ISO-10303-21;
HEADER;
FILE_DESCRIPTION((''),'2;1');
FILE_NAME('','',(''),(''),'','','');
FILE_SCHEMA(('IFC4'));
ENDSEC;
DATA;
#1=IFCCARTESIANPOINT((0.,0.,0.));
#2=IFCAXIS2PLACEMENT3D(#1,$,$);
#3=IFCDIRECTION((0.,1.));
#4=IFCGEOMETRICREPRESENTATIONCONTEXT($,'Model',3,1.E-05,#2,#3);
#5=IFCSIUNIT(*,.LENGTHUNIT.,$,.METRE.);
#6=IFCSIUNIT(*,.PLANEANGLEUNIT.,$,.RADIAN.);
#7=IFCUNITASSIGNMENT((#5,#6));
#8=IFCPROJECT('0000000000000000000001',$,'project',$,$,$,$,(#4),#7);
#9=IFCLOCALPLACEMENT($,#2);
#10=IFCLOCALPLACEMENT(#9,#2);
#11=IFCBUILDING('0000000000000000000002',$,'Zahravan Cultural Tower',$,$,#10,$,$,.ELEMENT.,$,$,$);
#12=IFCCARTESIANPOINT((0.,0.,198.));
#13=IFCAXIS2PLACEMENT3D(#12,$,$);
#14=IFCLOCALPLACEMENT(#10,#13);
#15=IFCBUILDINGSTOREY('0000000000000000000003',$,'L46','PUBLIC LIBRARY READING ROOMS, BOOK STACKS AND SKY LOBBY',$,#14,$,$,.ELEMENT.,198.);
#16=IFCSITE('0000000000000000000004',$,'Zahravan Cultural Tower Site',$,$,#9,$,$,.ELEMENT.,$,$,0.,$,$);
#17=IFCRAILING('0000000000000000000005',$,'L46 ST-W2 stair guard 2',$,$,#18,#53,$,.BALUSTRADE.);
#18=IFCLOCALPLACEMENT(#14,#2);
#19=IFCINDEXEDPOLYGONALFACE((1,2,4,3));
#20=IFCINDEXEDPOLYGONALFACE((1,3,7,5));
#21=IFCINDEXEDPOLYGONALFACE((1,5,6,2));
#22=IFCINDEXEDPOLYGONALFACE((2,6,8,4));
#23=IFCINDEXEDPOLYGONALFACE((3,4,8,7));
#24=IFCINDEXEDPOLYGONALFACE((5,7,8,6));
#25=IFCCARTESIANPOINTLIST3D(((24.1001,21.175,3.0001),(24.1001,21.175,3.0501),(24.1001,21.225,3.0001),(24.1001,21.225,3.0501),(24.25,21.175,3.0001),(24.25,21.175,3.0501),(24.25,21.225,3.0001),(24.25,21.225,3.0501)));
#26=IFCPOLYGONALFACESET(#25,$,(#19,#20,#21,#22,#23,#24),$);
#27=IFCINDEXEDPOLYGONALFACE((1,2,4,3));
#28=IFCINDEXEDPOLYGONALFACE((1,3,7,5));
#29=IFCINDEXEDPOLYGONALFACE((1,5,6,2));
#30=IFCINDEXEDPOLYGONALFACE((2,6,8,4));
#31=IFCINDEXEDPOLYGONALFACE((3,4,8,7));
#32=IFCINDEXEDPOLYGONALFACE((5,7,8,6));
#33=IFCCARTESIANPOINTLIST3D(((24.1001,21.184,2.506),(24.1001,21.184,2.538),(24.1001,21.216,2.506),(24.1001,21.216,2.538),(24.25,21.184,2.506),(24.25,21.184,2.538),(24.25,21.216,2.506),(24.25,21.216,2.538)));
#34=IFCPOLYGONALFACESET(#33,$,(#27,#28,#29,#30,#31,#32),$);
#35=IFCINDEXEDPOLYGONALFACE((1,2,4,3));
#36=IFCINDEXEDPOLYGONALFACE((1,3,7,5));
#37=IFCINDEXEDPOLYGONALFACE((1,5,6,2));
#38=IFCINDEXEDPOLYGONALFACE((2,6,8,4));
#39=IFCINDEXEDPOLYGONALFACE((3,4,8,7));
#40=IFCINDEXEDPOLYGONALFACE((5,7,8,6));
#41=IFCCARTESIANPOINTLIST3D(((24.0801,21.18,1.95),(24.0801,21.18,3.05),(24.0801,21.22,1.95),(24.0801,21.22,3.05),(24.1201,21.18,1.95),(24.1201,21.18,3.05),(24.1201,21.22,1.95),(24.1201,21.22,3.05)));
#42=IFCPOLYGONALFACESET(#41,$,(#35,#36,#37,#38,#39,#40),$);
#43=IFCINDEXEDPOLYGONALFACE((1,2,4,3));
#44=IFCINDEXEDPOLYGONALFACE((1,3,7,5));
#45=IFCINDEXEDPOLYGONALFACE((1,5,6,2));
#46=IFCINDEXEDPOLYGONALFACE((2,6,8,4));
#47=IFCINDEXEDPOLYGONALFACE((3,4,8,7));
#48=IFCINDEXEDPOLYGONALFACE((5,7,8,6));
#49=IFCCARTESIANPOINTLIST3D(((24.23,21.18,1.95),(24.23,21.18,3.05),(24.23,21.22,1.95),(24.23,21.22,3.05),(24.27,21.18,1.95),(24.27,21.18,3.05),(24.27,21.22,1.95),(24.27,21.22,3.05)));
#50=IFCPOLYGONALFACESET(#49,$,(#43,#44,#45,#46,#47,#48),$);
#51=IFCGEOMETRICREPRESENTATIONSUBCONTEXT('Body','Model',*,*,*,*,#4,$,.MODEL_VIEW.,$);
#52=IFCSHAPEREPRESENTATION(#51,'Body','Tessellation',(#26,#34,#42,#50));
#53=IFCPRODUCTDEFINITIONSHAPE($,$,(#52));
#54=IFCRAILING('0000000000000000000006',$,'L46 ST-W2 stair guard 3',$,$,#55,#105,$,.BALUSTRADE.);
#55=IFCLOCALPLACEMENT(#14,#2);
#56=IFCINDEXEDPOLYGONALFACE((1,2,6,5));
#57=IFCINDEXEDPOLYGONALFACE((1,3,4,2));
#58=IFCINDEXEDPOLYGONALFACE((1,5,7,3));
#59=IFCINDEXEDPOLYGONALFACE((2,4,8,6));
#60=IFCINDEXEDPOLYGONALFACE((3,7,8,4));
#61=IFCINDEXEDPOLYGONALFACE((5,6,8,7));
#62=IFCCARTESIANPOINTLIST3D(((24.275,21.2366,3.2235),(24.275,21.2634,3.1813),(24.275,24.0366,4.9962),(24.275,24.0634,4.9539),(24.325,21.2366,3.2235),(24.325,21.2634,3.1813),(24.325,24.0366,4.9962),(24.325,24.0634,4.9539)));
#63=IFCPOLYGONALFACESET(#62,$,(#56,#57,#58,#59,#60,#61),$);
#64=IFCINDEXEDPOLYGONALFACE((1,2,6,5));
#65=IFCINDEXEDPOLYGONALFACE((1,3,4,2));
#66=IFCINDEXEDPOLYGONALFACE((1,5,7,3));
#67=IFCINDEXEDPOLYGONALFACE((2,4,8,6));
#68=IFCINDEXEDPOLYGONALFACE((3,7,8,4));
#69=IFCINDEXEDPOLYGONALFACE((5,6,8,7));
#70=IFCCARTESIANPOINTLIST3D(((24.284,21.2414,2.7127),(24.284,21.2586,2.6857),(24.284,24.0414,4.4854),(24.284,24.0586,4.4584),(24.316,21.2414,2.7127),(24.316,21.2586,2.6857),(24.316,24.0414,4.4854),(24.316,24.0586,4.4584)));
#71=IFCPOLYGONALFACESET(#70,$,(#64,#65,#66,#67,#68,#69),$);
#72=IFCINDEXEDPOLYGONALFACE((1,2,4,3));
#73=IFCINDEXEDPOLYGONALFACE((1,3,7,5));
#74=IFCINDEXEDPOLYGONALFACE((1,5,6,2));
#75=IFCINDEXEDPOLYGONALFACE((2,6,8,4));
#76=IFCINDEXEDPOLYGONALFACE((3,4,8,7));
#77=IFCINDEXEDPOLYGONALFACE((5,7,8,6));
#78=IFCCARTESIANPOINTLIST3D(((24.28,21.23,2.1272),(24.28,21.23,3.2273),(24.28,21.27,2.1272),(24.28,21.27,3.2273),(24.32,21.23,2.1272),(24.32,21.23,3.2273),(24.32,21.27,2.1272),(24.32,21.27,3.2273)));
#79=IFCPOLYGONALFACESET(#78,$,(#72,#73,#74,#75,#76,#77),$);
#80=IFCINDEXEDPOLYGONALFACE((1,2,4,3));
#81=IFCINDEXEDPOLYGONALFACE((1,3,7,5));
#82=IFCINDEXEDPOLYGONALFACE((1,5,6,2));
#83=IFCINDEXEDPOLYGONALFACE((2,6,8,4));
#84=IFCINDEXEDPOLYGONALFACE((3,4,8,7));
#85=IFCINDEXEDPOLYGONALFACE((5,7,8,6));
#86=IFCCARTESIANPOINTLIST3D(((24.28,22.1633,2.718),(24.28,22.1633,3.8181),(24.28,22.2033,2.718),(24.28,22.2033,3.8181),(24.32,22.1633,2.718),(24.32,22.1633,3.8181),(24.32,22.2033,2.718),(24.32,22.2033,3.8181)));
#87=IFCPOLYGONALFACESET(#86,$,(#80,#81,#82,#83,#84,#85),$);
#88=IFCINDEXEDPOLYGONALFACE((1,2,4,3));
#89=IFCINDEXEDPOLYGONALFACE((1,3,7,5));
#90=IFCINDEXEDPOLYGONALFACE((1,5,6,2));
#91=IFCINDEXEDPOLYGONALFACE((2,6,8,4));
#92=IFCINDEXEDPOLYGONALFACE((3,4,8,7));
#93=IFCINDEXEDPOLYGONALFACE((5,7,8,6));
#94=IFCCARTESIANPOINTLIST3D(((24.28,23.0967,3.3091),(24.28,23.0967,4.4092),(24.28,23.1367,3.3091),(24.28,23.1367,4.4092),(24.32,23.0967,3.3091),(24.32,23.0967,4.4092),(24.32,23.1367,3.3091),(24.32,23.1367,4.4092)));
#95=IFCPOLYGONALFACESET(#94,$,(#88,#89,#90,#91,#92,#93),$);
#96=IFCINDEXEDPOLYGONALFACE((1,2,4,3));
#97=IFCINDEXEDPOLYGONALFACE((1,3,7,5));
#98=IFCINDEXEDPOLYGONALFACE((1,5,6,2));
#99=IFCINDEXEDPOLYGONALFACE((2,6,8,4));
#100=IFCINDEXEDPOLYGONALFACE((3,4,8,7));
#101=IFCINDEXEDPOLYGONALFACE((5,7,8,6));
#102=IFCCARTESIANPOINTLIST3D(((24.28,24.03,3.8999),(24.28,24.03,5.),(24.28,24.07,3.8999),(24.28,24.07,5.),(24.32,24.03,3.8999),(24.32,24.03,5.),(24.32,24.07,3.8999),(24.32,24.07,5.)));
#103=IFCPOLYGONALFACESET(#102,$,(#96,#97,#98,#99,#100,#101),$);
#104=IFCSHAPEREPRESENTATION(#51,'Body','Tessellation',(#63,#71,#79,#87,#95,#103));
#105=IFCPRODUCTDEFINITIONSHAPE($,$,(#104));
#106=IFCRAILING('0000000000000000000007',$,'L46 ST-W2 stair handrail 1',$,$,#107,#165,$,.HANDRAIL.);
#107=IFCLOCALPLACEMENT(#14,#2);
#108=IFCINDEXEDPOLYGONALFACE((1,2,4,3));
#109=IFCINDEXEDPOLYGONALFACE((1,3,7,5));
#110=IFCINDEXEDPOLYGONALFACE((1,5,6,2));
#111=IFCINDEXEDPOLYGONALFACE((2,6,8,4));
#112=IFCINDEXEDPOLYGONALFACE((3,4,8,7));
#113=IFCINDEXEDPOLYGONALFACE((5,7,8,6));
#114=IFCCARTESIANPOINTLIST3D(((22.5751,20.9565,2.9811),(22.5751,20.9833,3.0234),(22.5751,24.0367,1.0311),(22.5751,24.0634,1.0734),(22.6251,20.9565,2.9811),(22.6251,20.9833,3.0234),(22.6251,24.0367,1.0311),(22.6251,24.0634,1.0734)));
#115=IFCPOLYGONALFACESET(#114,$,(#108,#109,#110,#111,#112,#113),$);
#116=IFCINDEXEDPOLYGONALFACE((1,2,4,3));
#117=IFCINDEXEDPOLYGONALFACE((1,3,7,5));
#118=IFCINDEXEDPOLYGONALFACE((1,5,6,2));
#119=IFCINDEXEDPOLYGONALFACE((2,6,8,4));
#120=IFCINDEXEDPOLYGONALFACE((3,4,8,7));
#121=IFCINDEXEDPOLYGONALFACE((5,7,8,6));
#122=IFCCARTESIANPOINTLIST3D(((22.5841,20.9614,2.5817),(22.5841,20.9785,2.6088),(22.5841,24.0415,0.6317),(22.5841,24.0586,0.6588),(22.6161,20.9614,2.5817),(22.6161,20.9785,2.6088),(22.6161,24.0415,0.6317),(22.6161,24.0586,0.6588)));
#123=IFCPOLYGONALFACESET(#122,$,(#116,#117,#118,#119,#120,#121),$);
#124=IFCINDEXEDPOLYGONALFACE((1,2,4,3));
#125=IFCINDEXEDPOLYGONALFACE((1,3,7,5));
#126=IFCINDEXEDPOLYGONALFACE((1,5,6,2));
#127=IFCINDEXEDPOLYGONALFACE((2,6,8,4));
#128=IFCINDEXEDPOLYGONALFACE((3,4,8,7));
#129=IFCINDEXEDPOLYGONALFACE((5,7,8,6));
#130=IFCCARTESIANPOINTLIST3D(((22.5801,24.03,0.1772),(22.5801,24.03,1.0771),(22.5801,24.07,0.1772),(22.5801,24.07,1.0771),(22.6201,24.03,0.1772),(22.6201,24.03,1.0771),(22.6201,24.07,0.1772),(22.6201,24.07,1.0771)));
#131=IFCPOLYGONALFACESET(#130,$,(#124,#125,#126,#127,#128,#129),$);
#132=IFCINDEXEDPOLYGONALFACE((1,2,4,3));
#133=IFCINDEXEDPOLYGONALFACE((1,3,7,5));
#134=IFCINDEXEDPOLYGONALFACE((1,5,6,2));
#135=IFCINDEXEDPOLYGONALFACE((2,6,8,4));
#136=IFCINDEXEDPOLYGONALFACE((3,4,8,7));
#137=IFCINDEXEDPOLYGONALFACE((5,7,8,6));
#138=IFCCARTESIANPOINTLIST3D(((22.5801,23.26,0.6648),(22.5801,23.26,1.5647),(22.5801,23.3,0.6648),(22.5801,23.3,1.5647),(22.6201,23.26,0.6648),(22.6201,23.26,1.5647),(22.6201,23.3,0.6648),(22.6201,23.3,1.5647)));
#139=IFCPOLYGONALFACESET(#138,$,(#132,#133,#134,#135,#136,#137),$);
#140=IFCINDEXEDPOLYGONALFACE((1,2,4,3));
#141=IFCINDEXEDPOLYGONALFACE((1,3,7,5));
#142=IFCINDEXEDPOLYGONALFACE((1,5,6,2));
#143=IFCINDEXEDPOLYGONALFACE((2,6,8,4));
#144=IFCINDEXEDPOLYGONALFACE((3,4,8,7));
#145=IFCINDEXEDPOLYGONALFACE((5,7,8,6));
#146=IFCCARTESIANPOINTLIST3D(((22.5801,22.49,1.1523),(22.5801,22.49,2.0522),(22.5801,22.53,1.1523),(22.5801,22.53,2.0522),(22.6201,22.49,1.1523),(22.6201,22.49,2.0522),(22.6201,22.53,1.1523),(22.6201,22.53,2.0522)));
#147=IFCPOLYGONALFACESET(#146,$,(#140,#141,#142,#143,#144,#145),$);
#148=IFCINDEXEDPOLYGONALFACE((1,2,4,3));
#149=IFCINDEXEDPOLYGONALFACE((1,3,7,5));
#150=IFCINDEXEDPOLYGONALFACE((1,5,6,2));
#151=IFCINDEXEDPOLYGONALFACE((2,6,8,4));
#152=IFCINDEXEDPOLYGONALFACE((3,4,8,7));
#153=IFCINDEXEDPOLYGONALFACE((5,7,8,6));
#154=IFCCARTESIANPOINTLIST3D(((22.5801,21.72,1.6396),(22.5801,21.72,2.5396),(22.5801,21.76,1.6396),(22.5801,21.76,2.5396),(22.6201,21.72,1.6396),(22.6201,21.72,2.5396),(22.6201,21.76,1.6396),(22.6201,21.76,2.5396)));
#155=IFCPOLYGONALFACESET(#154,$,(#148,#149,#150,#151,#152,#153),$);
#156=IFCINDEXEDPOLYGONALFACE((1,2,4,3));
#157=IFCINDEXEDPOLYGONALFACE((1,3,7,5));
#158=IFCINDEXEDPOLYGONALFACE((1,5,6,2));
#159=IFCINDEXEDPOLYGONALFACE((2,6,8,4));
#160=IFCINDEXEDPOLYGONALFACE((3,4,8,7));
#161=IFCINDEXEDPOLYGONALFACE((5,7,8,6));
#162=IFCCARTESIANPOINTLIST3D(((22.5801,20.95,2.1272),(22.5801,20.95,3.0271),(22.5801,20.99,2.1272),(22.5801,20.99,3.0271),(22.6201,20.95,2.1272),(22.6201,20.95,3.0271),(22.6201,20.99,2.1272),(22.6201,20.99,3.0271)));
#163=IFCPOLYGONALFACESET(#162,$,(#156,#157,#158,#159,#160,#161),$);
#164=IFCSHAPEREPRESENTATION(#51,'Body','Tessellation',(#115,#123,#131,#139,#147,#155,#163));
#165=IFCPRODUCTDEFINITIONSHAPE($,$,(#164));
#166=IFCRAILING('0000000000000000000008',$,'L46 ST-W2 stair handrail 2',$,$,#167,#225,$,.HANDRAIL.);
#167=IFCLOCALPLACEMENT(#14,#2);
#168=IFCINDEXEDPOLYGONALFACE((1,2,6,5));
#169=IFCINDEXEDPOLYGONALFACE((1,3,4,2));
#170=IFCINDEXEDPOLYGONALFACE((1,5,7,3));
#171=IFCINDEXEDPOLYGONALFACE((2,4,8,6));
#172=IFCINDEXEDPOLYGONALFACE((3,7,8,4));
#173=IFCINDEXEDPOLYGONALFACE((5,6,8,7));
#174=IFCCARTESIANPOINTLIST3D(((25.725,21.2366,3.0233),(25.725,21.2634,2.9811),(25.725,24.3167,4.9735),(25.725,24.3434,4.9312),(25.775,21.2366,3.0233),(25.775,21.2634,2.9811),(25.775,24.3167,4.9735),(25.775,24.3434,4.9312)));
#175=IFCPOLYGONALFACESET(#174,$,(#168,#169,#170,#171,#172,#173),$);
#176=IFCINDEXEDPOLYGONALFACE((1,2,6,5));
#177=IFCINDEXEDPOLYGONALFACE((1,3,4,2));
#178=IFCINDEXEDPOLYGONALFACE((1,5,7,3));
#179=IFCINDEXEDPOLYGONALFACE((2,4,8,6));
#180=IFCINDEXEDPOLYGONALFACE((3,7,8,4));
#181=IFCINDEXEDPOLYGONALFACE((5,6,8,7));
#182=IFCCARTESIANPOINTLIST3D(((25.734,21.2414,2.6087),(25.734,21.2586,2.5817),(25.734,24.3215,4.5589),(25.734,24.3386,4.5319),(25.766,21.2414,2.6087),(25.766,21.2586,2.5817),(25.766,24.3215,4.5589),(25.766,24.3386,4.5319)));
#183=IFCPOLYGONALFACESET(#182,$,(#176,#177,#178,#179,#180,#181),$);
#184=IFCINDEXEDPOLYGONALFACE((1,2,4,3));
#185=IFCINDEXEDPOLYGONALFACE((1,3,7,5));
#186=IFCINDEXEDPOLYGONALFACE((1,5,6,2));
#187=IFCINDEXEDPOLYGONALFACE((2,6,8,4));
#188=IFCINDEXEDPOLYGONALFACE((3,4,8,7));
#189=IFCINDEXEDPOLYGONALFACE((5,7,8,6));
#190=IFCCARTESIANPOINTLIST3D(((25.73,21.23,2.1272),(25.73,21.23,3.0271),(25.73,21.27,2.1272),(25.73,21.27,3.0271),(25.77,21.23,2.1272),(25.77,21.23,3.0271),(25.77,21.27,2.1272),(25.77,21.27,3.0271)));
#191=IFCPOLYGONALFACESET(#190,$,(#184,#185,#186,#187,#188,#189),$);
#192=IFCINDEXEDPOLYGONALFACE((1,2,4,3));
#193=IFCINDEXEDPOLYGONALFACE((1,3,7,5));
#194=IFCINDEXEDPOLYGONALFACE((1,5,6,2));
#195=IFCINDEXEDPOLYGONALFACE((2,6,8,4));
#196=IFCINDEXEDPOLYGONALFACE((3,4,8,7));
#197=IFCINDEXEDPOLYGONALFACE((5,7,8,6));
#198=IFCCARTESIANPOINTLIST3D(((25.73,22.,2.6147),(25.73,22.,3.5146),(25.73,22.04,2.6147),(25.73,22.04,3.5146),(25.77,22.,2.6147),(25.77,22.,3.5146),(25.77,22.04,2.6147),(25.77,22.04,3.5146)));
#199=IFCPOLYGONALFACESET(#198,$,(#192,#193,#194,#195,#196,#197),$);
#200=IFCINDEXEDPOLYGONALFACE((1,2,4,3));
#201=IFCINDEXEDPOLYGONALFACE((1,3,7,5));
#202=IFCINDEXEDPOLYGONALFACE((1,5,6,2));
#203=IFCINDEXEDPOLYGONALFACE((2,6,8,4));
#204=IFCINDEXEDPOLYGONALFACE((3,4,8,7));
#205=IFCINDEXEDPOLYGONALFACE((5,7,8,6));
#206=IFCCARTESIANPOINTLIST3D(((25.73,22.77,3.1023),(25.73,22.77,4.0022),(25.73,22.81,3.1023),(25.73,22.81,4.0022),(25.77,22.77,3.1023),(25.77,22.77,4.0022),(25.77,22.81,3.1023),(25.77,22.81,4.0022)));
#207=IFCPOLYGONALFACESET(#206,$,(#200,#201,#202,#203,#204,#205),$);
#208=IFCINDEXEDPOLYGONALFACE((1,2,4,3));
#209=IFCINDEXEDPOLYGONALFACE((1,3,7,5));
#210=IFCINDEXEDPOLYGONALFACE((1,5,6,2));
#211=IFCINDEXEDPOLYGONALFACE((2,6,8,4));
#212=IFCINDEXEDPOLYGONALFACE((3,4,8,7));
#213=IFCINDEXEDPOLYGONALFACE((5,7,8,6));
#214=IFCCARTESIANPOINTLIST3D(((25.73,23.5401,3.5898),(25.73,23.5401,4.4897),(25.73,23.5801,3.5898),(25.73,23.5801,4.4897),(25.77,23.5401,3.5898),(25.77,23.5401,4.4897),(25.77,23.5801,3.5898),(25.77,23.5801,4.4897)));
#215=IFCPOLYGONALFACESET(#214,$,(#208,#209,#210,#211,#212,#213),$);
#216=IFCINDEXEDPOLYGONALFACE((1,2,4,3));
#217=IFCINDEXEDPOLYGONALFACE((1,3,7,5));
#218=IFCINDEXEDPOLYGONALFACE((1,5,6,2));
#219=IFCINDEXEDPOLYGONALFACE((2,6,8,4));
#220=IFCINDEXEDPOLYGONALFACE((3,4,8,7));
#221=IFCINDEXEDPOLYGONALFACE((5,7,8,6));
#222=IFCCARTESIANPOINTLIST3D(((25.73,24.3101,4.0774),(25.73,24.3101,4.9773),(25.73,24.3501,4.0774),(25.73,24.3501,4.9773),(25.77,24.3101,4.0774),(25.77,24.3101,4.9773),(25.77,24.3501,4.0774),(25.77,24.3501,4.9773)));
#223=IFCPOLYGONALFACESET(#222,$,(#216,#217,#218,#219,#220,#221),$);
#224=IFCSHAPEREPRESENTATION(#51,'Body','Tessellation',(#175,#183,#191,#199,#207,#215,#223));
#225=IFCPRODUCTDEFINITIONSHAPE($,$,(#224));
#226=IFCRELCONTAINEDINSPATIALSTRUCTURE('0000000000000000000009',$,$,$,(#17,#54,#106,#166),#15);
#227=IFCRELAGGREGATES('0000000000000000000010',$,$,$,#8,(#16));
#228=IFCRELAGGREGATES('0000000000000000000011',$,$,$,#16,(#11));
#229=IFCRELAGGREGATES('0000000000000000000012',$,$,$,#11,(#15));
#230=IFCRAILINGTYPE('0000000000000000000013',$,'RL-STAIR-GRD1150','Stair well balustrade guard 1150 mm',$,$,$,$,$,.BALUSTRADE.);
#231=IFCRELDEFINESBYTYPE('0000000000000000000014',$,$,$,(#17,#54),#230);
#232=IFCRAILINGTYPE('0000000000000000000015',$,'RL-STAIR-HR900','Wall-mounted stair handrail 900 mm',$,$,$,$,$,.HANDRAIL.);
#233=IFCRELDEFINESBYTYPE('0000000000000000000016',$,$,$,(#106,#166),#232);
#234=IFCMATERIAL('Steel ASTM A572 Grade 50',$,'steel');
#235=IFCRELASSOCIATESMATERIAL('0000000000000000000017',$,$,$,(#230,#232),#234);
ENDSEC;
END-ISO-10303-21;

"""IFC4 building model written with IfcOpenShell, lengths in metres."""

from ifc_helpers import new_model, si_unit, direction, frame, origin, origin_2d, place, context, subcontext, project, spatial, rectangle, extrude, material, type_object, element, save


model = new_model("IFC4")

# Units and contexts
model_context = context("Model", 3, precision=1e-05, world=origin(), true_north=direction((0.0, 1.0)))
body_context = subcontext(model_context, "Body", "Model", "MODEL_VIEW")
ifc_project = project(units=[si_unit("LENGTHUNIT", "METRE"), si_unit("PLANEANGLEUNIT", "RADIAN")], contexts=[model_context])

# Site, building, storey
site_placement = place(None, origin())
site = spatial("IfcSite", under=ifc_project, at=site_placement, Name="Zahravan Cultural Tower Site", CompositionType="ELEMENT", RefElevation=0.0)
building_placement = place(site_placement, origin())
building = spatial("IfcBuilding", under=site, at=building_placement, Name="Zahravan Cultural Tower", CompositionType="ELEMENT")
storey_placement = place(building_placement, frame((0.0, 0.0, 198.0)))
storey = spatial("IfcBuildingStorey", under=building, at=storey_placement, Name="L46", Description="PUBLIC LIBRARY READING ROOMS, BOOK STACKS AND SKY LOBBY", CompositionType="ELEMENT", Elevation=198.0)

# Shared definitions
ifc_material_1 = material(Name="Steel ASTM A572 Grade 50", Category="steel")

# Railings
railing_type_1 = type_object("IfcRailingType", Name="RL-STAIR-GRD1150", Description="Stair well balustrade guard 1150 mm", PredefinedType="BALUSTRADE", material=ifc_material_1)
railing_1_placement = place(storey_placement, frame((24.1001, 21.2, 1.95)))
element("IfcRailing", 1, at=railing_1_placement, inside=storey, type_object=railing_type_1, Name="L46 ST-W2 stair guard 2", PredefinedType="BALUSTRADE", context=body_context, shape_type="SweptSolid", body=[
    extrude(rectangle(XDim=0.05, YDim=0.05, at=origin_2d()), frame((0.0, 0.0, 1.0752), z_axis=(1.0, 0.0, 0.0), x_axis=(0.0, 1.0, 0.0)), (0.0, 0.0, 1.0), 0.1499),
    extrude(rectangle(XDim=0.032, YDim=0.032, at=origin_2d()), frame((0.0, 0.0, 0.572), z_axis=(1.0, 0.0, 0.0), x_axis=(0.0, 1.0, 0.0)), (0.0, 0.0, 1.0), 0.1499),
    extrude(rectangle(XDim=0.04, YDim=0.04, at=origin_2d()), origin(), (0.0, 0.0, 1.0), 1.1001),
    extrude(rectangle(XDim=0.04, YDim=0.04, at=origin_2d()), frame((0.1499, 0.0, 0.0)), (0.0, 0.0, 1.0), 1.1001),
])
railing_2_placement = place(storey_placement, frame((24.3, 21.25, 2.1272)))
element("IfcRailing", 2, at=railing_2_placement, inside=storey, type_object=railing_type_1, Name="L46 ST-W2 stair guard 3", PredefinedType="BALUSTRADE", context=body_context, shape_type="SweptSolid", body=[
    extrude(rectangle(XDim=0.05, YDim=0.05, at=origin_2d()), frame((0.0, 0.0, 1.0752), z_axis=(0.0, 0.844909, 0.53491), x_axis=(-1.0, 0.0, 0.0)), (0.0, 0.0, 1.0), 3.314),
    extrude(rectangle(XDim=0.032, YDim=0.032, at=origin_2d()), frame((0.0, 0.0, 0.572), z_axis=(0.0, 0.844909, 0.53491), x_axis=(-1.0, 0.0, 0.0)), (0.0, 0.0, 1.0), 3.314),
    extrude(rectangle(XDim=0.04, YDim=0.04, at=origin_2d()), origin(), (0.0, 0.0, 1.0), 1.1001),
    extrude(rectangle(XDim=0.04, YDim=0.04, at=origin_2d()), frame((0.0, 0.9333, 0.5908)), (0.0, 0.0, 1.0), 1.1001),
    extrude(rectangle(XDim=0.04, YDim=0.04, at=origin_2d()), frame((0.0, 1.8667, 1.1819)), (0.0, 0.0, 1.0), 1.1001),
    extrude(rectangle(XDim=0.04, YDim=0.04, at=origin_2d()), frame((0.0, 2.8, 1.7727)), (0.0, 0.0, 1.0), 1.1001),
])
railing_type_2 = type_object("IfcRailingType", Name="RL-STAIR-HR900", Description="Wall-mounted stair handrail 900 mm", PredefinedType="HANDRAIL", material=ifc_material_1)
railing_3_placement = place(storey_placement, frame((22.6001, 24.05, 0.1772)))
element("IfcRailing", 3, at=railing_3_placement, inside=storey, type_object=railing_type_2, Name="L46 ST-W2 stair handrail 1", PredefinedType="HANDRAIL", context=body_context, shape_type="SweptSolid", body=[
    extrude(rectangle(XDim=0.05, YDim=0.05, at=origin_2d()), frame((0.0, 0.0, 0.875), z_axis=(0.0, -0.844914, 0.534902), x_axis=(1.0, 0.0, 0.0)), (0.0, 0.0, 1.0), 3.6455),
    extrude(rectangle(XDim=0.032, YDim=0.032, at=origin_2d()), frame((0.0, 0.0, 0.468), z_axis=(0.0, -0.844914, 0.534902), x_axis=(1.0, 0.0, 0.0)), (0.0, 0.0, 1.0), 3.6455),
    extrude(rectangle(XDim=0.04, YDim=0.04, at=origin_2d()), origin(), (0.0, 0.0, 1.0), 0.8999),
    extrude(rectangle(XDim=0.04, YDim=0.04, at=origin_2d()), frame((0.0, -0.77, 0.4875)), (0.0, 0.0, 1.0), 0.8999),
    extrude(rectangle(XDim=0.04, YDim=0.04, at=origin_2d()), frame((0.0, -1.54, 0.9751)), (0.0, 0.0, 1.0), 0.8999),
    extrude(rectangle(XDim=0.04, YDim=0.04, at=origin_2d()), frame((0.0, -2.3101, 1.4624)), (0.0, 0.0, 1.0), 0.8999),
    extrude(rectangle(XDim=0.04, YDim=0.04, at=origin_2d()), frame((0.0, -3.0801, 1.95)), (0.0, 0.0, 1.0), 0.8999),
])
railing_4_placement = place(storey_placement, frame((25.75, 21.25, 2.1272)))
element("IfcRailing", 4, at=railing_4_placement, inside=storey, type_object=railing_type_2, Name="L46 ST-W2 stair handrail 2", PredefinedType="HANDRAIL", context=body_context, shape_type="SweptSolid", body=[
    extrude(rectangle(XDim=0.05, YDim=0.05, at=origin_2d()), frame((0.0, 0.0, 0.875), z_axis=(0.0, 0.844884, 0.53495), x_axis=(-1.0, 0.0, 0.0)), (0.0, 0.0, 1.0), 3.6455),
    extrude(rectangle(XDim=0.032, YDim=0.032, at=origin_2d()), frame((0.0, 0.0, 0.468), z_axis=(0.0, 0.844884, 0.53495), x_axis=(-1.0, 0.0, 0.0)), (0.0, 0.0, 1.0), 3.6455),
    extrude(rectangle(XDim=0.04, YDim=0.04, at=origin_2d()), origin(), (0.0, 0.0, 1.0), 0.8999),
    extrude(rectangle(XDim=0.04, YDim=0.04, at=origin_2d()), frame((0.0, 0.77, 0.4875)), (0.0, 0.0, 1.0), 0.8999),
    extrude(rectangle(XDim=0.04, YDim=0.04, at=origin_2d()), frame((0.0, 1.54, 0.9751)), (0.0, 0.0, 1.0), 0.8999),
    extrude(rectangle(XDim=0.04, YDim=0.04, at=origin_2d()), frame((0.0, 2.3101, 1.4626)), (0.0, 0.0, 1.0), 0.8999),
    extrude(rectangle(XDim=0.04, YDim=0.04, at=origin_2d()), frame((0.0, 3.0801, 1.9502)), (0.0, 0.0, 1.0), 0.8999),
])

save(model, "model.ifc")
